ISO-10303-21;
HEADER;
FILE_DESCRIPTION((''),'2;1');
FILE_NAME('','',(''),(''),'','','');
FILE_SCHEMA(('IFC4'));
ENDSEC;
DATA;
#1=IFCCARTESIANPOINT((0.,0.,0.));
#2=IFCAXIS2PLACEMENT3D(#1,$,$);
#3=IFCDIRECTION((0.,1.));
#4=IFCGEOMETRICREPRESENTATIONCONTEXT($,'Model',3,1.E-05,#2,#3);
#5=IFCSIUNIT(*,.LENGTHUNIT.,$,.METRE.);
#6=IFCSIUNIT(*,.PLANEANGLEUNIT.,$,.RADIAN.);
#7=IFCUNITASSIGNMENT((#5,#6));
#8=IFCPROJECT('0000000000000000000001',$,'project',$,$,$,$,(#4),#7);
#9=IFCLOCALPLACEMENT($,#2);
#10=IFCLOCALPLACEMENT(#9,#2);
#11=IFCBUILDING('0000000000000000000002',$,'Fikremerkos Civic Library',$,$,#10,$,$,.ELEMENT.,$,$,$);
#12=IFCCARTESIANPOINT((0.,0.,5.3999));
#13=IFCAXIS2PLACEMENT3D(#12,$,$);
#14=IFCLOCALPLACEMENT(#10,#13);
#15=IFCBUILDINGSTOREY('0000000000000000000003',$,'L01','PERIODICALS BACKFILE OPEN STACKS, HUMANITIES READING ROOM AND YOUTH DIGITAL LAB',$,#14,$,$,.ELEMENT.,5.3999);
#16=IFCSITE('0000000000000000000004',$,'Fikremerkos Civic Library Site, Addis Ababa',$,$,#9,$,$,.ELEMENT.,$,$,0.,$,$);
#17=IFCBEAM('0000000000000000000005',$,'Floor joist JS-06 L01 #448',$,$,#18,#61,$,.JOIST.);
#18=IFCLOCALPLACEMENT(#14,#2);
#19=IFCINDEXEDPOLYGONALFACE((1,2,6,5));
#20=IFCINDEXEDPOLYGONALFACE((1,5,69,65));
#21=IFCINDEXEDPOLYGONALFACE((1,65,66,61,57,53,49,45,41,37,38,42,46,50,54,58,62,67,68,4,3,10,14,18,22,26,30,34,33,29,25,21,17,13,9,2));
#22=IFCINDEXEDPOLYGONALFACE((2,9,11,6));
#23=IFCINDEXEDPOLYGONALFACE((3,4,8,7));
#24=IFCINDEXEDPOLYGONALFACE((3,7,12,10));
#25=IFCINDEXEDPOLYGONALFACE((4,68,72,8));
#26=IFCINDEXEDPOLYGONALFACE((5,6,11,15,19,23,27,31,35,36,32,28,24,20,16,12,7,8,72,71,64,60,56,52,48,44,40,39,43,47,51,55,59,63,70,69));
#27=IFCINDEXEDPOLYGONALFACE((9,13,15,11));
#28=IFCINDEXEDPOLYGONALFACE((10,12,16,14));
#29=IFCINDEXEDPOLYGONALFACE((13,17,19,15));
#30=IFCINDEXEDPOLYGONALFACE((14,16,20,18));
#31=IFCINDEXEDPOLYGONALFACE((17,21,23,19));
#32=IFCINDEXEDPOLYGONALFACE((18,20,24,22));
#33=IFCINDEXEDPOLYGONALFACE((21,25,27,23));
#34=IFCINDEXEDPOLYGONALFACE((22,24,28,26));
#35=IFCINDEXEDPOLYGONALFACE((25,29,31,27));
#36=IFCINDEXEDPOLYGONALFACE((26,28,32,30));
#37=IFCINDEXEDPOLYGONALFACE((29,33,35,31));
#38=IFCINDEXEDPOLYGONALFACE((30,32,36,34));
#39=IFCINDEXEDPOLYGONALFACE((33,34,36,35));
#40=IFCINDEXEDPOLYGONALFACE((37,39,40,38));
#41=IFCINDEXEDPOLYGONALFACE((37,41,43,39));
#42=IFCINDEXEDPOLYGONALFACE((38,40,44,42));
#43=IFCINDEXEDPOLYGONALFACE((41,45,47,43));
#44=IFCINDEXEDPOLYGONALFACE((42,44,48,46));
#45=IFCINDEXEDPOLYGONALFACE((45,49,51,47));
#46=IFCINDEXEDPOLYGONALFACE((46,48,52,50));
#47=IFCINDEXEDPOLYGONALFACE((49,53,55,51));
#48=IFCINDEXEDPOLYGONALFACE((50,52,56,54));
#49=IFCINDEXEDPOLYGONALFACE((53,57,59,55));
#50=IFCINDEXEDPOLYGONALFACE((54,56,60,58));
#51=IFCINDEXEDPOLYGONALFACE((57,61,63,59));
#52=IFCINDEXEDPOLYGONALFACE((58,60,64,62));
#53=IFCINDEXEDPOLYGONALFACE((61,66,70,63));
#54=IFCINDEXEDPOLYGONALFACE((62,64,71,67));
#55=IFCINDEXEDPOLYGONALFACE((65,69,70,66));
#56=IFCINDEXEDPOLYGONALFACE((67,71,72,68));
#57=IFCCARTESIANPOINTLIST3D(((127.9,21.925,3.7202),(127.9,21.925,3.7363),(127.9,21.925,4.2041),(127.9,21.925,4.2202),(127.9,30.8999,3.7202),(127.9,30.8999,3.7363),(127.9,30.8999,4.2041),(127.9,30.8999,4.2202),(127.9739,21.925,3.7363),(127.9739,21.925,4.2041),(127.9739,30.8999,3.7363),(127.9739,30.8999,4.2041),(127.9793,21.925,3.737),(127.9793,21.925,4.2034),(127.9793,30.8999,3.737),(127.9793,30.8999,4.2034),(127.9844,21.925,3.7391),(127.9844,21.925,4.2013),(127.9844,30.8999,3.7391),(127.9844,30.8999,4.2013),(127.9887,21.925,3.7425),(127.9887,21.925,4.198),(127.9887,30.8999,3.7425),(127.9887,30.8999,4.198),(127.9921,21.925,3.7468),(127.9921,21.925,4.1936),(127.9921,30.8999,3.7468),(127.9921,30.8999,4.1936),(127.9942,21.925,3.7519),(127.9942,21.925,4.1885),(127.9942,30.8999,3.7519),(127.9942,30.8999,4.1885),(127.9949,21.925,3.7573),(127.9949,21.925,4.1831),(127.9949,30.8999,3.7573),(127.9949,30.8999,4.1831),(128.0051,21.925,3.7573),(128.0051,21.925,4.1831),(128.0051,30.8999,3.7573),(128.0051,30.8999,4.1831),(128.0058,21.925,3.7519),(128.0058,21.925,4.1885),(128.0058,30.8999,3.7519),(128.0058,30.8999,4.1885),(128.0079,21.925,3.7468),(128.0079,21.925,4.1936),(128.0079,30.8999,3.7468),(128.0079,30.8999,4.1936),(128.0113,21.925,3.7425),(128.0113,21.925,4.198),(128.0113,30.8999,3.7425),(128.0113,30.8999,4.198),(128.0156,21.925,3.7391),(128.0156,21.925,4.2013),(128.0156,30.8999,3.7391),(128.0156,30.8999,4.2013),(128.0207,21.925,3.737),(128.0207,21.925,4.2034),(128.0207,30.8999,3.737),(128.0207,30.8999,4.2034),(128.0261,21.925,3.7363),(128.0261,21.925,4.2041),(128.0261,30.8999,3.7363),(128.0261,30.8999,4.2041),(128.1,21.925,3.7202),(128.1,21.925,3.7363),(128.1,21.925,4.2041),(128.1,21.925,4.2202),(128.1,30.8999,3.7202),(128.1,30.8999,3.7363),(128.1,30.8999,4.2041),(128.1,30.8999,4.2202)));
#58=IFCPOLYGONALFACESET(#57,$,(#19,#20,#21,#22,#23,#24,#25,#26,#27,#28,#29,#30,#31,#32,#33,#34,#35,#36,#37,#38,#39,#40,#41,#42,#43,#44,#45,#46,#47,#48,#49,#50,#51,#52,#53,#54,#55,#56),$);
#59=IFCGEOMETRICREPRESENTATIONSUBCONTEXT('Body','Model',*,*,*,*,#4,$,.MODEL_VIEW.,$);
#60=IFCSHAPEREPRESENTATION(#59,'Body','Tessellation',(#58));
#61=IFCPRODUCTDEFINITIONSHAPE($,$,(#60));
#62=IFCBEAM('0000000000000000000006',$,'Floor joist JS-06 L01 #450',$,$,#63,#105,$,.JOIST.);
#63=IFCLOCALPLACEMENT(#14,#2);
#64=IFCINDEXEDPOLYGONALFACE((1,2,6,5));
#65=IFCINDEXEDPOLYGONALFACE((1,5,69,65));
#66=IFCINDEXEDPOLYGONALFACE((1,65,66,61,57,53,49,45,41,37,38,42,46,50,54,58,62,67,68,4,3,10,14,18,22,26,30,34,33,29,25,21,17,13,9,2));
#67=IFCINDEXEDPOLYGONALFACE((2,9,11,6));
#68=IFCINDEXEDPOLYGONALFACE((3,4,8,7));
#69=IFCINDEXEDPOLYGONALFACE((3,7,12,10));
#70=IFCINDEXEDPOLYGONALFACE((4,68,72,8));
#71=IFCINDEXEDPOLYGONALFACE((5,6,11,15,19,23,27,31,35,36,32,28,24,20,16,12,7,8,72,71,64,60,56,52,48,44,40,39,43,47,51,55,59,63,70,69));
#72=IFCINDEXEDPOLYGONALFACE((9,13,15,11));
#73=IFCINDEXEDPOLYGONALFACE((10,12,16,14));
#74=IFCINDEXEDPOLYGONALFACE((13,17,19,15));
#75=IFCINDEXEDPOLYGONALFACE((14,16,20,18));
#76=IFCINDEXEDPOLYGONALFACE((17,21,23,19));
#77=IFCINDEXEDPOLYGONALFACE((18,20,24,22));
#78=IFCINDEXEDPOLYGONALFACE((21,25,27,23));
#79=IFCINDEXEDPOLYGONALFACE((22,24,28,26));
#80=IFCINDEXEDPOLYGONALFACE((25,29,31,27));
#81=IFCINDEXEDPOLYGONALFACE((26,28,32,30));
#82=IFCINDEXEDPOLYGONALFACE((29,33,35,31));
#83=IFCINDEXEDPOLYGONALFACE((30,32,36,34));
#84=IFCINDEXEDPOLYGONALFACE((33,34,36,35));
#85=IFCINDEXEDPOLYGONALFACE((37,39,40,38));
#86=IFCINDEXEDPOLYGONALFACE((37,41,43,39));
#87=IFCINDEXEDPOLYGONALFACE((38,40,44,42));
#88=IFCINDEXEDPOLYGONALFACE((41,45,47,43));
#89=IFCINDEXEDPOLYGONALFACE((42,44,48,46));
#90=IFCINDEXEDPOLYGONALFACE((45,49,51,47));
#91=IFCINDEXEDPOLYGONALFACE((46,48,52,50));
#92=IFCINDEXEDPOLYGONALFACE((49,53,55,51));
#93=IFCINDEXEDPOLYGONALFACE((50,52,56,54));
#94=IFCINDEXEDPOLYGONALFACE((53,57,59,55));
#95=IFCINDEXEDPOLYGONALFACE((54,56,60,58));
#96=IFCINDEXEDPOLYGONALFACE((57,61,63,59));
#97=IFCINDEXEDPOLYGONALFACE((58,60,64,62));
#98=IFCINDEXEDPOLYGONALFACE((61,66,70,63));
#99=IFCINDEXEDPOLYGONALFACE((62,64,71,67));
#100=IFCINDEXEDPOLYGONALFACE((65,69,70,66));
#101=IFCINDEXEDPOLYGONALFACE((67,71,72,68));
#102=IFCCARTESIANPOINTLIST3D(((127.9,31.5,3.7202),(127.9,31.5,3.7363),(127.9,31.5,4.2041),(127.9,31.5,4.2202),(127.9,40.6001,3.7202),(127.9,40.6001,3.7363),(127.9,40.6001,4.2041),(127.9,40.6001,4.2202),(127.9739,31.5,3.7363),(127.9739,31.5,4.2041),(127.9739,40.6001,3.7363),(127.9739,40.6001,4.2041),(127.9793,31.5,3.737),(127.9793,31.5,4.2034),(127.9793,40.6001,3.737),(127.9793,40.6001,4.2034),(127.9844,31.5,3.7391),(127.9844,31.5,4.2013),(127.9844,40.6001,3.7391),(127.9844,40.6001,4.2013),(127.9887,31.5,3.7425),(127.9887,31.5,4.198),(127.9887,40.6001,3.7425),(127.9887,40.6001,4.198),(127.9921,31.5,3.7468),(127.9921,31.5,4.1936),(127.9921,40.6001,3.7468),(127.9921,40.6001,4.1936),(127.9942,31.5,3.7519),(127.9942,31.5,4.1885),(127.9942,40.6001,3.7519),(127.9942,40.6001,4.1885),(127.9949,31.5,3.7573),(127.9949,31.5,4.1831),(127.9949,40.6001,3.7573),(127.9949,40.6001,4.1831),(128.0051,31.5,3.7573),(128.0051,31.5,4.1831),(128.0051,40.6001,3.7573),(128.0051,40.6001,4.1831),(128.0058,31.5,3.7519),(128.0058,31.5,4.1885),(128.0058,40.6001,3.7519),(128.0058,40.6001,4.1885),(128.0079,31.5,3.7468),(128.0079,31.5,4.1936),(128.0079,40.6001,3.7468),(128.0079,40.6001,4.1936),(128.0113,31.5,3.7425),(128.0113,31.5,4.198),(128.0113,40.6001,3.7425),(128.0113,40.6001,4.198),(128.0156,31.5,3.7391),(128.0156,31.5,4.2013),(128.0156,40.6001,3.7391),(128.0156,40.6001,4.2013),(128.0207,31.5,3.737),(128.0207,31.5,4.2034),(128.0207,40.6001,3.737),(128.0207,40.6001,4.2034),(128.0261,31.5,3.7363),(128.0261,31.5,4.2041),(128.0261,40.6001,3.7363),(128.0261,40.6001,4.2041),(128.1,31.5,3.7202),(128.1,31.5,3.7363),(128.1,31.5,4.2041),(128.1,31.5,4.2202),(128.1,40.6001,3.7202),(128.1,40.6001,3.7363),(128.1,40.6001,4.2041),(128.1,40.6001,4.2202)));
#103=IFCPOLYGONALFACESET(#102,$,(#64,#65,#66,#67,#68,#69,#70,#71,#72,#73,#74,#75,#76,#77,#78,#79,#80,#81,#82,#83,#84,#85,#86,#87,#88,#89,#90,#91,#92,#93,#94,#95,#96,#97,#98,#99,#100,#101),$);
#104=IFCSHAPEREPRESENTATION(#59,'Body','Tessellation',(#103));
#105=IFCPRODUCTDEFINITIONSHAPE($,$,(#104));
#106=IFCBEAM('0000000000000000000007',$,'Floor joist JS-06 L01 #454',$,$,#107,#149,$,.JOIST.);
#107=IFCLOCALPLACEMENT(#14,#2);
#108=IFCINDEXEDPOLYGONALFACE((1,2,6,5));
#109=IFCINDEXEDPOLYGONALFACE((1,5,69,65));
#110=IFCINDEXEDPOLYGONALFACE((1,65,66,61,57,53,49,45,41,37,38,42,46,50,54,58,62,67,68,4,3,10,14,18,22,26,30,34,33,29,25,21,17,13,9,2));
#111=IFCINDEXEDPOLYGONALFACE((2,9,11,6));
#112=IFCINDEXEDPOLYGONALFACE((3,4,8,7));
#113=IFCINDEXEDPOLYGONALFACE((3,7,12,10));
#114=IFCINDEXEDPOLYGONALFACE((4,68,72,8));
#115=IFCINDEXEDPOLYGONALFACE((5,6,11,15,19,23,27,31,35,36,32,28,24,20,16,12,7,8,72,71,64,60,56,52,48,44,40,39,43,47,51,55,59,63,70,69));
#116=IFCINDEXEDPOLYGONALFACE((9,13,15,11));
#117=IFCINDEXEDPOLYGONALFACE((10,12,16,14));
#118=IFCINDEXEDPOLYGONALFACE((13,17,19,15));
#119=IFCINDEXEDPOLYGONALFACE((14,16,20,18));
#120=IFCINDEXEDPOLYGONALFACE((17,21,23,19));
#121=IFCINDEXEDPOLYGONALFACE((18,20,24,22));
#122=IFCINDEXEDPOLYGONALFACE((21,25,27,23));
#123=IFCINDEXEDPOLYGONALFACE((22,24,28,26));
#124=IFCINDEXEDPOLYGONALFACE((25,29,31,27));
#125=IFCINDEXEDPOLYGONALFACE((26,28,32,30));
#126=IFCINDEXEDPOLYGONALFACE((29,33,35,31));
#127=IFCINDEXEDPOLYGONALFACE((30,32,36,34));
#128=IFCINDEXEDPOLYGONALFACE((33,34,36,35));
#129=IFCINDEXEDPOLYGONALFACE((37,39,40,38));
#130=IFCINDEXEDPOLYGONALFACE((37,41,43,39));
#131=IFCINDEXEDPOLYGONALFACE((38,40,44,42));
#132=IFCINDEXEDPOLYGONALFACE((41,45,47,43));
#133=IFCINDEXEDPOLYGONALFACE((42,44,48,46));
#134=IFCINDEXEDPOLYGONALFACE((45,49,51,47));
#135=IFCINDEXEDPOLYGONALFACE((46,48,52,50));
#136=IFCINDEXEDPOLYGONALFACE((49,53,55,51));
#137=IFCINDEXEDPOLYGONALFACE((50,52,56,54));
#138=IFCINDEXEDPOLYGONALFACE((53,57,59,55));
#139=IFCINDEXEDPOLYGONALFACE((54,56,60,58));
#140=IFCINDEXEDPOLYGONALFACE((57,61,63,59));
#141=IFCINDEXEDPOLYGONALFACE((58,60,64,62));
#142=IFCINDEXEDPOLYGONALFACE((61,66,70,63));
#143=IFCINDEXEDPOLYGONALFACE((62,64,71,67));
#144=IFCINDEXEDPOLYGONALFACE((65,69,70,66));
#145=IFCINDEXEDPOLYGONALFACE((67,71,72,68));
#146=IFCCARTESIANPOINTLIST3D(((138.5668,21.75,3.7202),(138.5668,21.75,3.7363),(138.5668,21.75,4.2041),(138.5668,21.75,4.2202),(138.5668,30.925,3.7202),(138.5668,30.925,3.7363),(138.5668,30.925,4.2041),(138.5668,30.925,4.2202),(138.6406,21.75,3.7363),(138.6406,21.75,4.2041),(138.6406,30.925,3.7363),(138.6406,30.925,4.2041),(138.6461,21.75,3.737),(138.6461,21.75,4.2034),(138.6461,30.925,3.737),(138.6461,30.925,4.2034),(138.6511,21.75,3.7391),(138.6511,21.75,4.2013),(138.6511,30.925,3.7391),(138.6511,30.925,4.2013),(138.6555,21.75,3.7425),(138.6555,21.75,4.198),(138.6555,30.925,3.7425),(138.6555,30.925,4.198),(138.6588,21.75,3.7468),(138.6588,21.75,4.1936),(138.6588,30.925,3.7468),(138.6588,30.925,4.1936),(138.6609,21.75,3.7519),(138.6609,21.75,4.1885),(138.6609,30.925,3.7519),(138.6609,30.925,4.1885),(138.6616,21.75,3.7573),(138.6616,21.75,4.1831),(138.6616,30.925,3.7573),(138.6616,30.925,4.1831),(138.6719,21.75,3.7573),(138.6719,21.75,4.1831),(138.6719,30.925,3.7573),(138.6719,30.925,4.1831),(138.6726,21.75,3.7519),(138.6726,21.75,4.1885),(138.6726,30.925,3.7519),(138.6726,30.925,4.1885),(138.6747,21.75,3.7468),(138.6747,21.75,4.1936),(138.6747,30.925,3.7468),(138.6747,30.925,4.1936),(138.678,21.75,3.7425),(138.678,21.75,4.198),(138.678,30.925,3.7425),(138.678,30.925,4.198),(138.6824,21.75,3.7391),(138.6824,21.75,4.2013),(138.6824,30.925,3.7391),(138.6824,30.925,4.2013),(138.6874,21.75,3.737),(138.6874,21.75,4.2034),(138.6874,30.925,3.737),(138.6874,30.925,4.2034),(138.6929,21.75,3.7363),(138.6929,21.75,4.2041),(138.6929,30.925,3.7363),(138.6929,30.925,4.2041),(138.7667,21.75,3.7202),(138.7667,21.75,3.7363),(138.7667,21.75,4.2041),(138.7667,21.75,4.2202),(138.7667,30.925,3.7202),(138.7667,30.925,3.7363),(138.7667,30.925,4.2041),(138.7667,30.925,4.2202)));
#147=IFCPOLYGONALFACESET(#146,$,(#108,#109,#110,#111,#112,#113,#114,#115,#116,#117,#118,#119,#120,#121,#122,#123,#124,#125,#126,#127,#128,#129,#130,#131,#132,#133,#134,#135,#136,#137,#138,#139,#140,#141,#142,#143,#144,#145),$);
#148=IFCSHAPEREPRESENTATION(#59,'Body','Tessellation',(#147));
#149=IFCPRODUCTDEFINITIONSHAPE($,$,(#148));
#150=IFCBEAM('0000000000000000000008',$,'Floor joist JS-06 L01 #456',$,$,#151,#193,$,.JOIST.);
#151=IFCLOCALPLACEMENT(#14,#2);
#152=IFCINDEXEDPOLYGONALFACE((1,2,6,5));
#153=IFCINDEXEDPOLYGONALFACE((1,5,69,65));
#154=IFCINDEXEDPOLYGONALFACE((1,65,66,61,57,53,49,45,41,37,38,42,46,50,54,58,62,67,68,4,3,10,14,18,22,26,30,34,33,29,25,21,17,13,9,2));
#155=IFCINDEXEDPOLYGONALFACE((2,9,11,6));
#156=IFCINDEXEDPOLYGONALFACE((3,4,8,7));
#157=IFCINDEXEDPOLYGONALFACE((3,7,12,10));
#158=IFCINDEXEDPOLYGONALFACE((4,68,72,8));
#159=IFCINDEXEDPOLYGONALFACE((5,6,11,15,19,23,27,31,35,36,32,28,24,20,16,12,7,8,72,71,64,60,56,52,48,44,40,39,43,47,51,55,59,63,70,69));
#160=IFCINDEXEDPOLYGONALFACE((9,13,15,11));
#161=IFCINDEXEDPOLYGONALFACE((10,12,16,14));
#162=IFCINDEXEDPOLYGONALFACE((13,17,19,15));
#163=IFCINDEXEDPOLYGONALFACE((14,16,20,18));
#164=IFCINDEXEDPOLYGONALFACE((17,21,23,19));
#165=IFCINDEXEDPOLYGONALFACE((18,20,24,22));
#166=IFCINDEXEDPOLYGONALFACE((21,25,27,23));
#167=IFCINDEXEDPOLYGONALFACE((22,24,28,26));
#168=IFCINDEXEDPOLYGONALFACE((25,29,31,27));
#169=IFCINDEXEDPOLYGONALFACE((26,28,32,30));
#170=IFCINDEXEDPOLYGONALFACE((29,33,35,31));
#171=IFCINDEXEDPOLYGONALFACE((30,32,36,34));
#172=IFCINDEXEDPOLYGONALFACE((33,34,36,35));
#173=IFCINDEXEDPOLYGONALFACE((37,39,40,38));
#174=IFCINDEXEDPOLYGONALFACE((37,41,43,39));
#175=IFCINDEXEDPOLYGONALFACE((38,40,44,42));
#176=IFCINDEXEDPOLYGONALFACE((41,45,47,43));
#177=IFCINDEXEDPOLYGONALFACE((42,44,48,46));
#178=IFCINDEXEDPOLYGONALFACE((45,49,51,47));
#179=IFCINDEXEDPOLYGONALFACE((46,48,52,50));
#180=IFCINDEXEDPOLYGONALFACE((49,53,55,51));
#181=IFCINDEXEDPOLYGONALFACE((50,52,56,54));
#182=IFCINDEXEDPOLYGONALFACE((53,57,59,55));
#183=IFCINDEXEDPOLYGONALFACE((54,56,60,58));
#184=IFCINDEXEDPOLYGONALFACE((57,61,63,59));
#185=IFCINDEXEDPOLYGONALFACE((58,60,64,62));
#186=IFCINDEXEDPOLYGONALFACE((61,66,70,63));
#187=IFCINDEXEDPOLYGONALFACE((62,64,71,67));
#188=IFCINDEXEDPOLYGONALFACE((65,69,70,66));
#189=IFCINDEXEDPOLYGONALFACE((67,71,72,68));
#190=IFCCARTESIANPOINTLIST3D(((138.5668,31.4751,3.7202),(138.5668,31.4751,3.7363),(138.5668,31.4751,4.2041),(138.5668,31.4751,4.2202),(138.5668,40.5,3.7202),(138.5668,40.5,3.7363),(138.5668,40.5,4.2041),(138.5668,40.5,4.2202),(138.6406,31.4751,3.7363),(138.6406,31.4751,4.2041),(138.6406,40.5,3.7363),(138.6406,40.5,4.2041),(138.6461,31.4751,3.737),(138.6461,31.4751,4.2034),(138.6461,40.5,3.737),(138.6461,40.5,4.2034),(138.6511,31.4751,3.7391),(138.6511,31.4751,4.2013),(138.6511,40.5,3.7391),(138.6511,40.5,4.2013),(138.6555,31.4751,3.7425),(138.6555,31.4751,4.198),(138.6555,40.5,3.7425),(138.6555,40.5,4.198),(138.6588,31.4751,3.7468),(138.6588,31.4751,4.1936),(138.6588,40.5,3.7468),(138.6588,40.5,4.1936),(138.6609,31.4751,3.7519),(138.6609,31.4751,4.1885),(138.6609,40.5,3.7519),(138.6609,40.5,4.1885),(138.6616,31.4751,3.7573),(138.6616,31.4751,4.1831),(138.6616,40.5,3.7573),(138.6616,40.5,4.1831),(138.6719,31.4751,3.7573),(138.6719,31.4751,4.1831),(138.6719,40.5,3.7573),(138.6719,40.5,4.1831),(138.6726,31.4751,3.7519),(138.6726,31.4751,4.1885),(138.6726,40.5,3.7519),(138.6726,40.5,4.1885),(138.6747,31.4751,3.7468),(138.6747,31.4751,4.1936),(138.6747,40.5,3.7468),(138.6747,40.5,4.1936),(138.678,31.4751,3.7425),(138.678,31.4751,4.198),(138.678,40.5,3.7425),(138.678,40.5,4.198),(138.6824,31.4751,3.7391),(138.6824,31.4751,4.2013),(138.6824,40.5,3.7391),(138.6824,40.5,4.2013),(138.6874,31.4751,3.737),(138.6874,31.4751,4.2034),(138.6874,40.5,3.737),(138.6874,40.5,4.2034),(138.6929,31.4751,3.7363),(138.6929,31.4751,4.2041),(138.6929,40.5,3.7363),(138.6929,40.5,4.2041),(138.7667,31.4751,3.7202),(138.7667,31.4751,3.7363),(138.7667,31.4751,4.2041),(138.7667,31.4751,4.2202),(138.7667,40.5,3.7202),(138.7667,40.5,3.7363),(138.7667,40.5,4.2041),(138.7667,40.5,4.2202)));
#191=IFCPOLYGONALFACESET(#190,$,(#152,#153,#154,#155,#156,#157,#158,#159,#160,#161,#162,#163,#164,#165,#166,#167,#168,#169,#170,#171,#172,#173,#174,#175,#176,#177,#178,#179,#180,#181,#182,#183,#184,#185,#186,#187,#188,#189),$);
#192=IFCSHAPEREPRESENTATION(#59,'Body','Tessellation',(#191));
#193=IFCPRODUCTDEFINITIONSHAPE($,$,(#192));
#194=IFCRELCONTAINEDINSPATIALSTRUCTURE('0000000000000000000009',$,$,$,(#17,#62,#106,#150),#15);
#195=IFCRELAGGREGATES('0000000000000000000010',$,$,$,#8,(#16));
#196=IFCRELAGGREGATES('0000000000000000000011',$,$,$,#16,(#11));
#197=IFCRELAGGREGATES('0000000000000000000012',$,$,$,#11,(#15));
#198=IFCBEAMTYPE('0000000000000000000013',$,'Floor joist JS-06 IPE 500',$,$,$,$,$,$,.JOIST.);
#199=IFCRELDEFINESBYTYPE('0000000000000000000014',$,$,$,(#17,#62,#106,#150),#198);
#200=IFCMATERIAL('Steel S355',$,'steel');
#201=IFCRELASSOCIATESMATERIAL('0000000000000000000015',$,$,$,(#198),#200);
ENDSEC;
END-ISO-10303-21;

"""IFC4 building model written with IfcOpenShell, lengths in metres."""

from ifc_helpers import new_model, si_unit, direction, frame, origin, origin_2d, place, context, subcontext, project, spatial, i_section, extrude, material, material_profile, profile_set, type_object, element, save


model = new_model("IFC4")

# Units and contexts
model_context = context("Model", 3, precision=1e-05, world=origin(), true_north=direction((0.0, 1.0)))
body_context = subcontext(model_context, "Body", "Model", "MODEL_VIEW")
ifc_project = project(units=[si_unit("LENGTHUNIT", "METRE"), si_unit("PLANEANGLEUNIT", "RADIAN")], contexts=[model_context])

# Site, building, storey
site_placement = place(None, origin())
site = spatial("IfcSite", under=ifc_project, at=site_placement, Name="Fikremerkos Civic Library Site, Addis Ababa", CompositionType="ELEMENT", RefElevation=0.0)
building_placement = place(site_placement, origin())
building = spatial("IfcBuilding", under=site, at=building_placement, Name="Fikremerkos Civic Library", CompositionType="ELEMENT")
storey_placement = place(building_placement, frame((0.0, 0.0, 5.3999)))
storey = spatial("IfcBuildingStorey", under=building, at=storey_placement, Name="L01", Description="PERIODICALS BACKFILE OPEN STACKS, HUMANITIES READING ROOM AND YOUTH DIGITAL LAB", CompositionType="ELEMENT", Elevation=5.3999)

# Beams
ifc_material_1 = material(Name="Steel S355", Category="steel")
ifc_material_profile_1 = material_profile(ifc_material_1, i_section(OverallWidth=0.2, OverallDepth=0.5, WebThickness=0.0103, FlangeThickness=0.0161, FilletRadius=0.021, at=origin_2d()), Name="IPE 500")
ifc_profile_set_1 = profile_set([ifc_material_profile_1], Name="Steel S355")
beam_type_1 = type_object("IfcBeamType", Name="Floor joist JS-06 IPE 500", PredefinedType="JOIST", material=ifc_profile_set_1)
beam_1_placement = place(storey_placement, frame((128.0, 21.925, 3.9702), z_axis=(0.0, 1.0, 0.0), x_axis=(-1.0, 0.0, 0.0)))
element("IfcBeam", 1, at=beam_1_placement, inside=storey, type_object=beam_type_1, Name="Floor joist JS-06 L01 #448", PredefinedType="JOIST", context=body_context, shape_type="SweptSolid", body=[
    extrude(i_section(OverallWidth=0.2, OverallDepth=0.5, WebThickness=0.0103, FlangeThickness=0.0161, FilletRadius=0.021, at=origin_2d()), origin(), (0.0, 0.0, 1.0), 8.9749),
])
beam_2_placement = place(storey_placement, frame((128.0, 31.5, 3.9702), z_axis=(0.0, 1.0, 0.0), x_axis=(-1.0, 0.0, 0.0)))
element("IfcBeam", 2, at=beam_2_placement, inside=storey, type_object=beam_type_1, Name="Floor joist JS-06 L01 #450", PredefinedType="JOIST", context=body_context, shape_type="SweptSolid", body=[
    extrude(i_section(OverallWidth=0.2, OverallDepth=0.5, WebThickness=0.0103, FlangeThickness=0.0161, FilletRadius=0.021, at=origin_2d()), origin(), (0.0, 0.0, 1.0), 9.1001),
])
beam_3_placement = place(storey_placement, frame((138.6667, 21.75, 3.9702), z_axis=(0.0, 1.0, 0.0), x_axis=(-1.0, 0.0, 0.0)))
element("IfcBeam", 3, at=beam_3_placement, inside=storey, type_object=beam_type_1, Name="Floor joist JS-06 L01 #454", PredefinedType="JOIST", context=body_context, shape_type="SweptSolid", body=[
    extrude(i_section(OverallWidth=0.2, OverallDepth=0.5, WebThickness=0.0103, FlangeThickness=0.0161, FilletRadius=0.021, at=origin_2d()), origin(), (0.0, 0.0, 1.0), 9.175),
])
beam_4_placement = place(storey_placement, frame((138.6667, 31.4751, 3.9702), z_axis=(0.0, 1.0, 0.0), x_axis=(-1.0, 0.0, 0.0)))
element("IfcBeam", 4, at=beam_4_placement, inside=storey, type_object=beam_type_1, Name="Floor joist JS-06 L01 #456", PredefinedType="JOIST", context=body_context, shape_type="SweptSolid", body=[
    extrude(i_section(OverallWidth=0.2, OverallDepth=0.5, WebThickness=0.0103, FlangeThickness=0.0161, FilletRadius=0.021, at=origin_2d()), origin(), (0.0, 0.0, 1.0), 9.0249),
])

save(model, "model.ifc")
